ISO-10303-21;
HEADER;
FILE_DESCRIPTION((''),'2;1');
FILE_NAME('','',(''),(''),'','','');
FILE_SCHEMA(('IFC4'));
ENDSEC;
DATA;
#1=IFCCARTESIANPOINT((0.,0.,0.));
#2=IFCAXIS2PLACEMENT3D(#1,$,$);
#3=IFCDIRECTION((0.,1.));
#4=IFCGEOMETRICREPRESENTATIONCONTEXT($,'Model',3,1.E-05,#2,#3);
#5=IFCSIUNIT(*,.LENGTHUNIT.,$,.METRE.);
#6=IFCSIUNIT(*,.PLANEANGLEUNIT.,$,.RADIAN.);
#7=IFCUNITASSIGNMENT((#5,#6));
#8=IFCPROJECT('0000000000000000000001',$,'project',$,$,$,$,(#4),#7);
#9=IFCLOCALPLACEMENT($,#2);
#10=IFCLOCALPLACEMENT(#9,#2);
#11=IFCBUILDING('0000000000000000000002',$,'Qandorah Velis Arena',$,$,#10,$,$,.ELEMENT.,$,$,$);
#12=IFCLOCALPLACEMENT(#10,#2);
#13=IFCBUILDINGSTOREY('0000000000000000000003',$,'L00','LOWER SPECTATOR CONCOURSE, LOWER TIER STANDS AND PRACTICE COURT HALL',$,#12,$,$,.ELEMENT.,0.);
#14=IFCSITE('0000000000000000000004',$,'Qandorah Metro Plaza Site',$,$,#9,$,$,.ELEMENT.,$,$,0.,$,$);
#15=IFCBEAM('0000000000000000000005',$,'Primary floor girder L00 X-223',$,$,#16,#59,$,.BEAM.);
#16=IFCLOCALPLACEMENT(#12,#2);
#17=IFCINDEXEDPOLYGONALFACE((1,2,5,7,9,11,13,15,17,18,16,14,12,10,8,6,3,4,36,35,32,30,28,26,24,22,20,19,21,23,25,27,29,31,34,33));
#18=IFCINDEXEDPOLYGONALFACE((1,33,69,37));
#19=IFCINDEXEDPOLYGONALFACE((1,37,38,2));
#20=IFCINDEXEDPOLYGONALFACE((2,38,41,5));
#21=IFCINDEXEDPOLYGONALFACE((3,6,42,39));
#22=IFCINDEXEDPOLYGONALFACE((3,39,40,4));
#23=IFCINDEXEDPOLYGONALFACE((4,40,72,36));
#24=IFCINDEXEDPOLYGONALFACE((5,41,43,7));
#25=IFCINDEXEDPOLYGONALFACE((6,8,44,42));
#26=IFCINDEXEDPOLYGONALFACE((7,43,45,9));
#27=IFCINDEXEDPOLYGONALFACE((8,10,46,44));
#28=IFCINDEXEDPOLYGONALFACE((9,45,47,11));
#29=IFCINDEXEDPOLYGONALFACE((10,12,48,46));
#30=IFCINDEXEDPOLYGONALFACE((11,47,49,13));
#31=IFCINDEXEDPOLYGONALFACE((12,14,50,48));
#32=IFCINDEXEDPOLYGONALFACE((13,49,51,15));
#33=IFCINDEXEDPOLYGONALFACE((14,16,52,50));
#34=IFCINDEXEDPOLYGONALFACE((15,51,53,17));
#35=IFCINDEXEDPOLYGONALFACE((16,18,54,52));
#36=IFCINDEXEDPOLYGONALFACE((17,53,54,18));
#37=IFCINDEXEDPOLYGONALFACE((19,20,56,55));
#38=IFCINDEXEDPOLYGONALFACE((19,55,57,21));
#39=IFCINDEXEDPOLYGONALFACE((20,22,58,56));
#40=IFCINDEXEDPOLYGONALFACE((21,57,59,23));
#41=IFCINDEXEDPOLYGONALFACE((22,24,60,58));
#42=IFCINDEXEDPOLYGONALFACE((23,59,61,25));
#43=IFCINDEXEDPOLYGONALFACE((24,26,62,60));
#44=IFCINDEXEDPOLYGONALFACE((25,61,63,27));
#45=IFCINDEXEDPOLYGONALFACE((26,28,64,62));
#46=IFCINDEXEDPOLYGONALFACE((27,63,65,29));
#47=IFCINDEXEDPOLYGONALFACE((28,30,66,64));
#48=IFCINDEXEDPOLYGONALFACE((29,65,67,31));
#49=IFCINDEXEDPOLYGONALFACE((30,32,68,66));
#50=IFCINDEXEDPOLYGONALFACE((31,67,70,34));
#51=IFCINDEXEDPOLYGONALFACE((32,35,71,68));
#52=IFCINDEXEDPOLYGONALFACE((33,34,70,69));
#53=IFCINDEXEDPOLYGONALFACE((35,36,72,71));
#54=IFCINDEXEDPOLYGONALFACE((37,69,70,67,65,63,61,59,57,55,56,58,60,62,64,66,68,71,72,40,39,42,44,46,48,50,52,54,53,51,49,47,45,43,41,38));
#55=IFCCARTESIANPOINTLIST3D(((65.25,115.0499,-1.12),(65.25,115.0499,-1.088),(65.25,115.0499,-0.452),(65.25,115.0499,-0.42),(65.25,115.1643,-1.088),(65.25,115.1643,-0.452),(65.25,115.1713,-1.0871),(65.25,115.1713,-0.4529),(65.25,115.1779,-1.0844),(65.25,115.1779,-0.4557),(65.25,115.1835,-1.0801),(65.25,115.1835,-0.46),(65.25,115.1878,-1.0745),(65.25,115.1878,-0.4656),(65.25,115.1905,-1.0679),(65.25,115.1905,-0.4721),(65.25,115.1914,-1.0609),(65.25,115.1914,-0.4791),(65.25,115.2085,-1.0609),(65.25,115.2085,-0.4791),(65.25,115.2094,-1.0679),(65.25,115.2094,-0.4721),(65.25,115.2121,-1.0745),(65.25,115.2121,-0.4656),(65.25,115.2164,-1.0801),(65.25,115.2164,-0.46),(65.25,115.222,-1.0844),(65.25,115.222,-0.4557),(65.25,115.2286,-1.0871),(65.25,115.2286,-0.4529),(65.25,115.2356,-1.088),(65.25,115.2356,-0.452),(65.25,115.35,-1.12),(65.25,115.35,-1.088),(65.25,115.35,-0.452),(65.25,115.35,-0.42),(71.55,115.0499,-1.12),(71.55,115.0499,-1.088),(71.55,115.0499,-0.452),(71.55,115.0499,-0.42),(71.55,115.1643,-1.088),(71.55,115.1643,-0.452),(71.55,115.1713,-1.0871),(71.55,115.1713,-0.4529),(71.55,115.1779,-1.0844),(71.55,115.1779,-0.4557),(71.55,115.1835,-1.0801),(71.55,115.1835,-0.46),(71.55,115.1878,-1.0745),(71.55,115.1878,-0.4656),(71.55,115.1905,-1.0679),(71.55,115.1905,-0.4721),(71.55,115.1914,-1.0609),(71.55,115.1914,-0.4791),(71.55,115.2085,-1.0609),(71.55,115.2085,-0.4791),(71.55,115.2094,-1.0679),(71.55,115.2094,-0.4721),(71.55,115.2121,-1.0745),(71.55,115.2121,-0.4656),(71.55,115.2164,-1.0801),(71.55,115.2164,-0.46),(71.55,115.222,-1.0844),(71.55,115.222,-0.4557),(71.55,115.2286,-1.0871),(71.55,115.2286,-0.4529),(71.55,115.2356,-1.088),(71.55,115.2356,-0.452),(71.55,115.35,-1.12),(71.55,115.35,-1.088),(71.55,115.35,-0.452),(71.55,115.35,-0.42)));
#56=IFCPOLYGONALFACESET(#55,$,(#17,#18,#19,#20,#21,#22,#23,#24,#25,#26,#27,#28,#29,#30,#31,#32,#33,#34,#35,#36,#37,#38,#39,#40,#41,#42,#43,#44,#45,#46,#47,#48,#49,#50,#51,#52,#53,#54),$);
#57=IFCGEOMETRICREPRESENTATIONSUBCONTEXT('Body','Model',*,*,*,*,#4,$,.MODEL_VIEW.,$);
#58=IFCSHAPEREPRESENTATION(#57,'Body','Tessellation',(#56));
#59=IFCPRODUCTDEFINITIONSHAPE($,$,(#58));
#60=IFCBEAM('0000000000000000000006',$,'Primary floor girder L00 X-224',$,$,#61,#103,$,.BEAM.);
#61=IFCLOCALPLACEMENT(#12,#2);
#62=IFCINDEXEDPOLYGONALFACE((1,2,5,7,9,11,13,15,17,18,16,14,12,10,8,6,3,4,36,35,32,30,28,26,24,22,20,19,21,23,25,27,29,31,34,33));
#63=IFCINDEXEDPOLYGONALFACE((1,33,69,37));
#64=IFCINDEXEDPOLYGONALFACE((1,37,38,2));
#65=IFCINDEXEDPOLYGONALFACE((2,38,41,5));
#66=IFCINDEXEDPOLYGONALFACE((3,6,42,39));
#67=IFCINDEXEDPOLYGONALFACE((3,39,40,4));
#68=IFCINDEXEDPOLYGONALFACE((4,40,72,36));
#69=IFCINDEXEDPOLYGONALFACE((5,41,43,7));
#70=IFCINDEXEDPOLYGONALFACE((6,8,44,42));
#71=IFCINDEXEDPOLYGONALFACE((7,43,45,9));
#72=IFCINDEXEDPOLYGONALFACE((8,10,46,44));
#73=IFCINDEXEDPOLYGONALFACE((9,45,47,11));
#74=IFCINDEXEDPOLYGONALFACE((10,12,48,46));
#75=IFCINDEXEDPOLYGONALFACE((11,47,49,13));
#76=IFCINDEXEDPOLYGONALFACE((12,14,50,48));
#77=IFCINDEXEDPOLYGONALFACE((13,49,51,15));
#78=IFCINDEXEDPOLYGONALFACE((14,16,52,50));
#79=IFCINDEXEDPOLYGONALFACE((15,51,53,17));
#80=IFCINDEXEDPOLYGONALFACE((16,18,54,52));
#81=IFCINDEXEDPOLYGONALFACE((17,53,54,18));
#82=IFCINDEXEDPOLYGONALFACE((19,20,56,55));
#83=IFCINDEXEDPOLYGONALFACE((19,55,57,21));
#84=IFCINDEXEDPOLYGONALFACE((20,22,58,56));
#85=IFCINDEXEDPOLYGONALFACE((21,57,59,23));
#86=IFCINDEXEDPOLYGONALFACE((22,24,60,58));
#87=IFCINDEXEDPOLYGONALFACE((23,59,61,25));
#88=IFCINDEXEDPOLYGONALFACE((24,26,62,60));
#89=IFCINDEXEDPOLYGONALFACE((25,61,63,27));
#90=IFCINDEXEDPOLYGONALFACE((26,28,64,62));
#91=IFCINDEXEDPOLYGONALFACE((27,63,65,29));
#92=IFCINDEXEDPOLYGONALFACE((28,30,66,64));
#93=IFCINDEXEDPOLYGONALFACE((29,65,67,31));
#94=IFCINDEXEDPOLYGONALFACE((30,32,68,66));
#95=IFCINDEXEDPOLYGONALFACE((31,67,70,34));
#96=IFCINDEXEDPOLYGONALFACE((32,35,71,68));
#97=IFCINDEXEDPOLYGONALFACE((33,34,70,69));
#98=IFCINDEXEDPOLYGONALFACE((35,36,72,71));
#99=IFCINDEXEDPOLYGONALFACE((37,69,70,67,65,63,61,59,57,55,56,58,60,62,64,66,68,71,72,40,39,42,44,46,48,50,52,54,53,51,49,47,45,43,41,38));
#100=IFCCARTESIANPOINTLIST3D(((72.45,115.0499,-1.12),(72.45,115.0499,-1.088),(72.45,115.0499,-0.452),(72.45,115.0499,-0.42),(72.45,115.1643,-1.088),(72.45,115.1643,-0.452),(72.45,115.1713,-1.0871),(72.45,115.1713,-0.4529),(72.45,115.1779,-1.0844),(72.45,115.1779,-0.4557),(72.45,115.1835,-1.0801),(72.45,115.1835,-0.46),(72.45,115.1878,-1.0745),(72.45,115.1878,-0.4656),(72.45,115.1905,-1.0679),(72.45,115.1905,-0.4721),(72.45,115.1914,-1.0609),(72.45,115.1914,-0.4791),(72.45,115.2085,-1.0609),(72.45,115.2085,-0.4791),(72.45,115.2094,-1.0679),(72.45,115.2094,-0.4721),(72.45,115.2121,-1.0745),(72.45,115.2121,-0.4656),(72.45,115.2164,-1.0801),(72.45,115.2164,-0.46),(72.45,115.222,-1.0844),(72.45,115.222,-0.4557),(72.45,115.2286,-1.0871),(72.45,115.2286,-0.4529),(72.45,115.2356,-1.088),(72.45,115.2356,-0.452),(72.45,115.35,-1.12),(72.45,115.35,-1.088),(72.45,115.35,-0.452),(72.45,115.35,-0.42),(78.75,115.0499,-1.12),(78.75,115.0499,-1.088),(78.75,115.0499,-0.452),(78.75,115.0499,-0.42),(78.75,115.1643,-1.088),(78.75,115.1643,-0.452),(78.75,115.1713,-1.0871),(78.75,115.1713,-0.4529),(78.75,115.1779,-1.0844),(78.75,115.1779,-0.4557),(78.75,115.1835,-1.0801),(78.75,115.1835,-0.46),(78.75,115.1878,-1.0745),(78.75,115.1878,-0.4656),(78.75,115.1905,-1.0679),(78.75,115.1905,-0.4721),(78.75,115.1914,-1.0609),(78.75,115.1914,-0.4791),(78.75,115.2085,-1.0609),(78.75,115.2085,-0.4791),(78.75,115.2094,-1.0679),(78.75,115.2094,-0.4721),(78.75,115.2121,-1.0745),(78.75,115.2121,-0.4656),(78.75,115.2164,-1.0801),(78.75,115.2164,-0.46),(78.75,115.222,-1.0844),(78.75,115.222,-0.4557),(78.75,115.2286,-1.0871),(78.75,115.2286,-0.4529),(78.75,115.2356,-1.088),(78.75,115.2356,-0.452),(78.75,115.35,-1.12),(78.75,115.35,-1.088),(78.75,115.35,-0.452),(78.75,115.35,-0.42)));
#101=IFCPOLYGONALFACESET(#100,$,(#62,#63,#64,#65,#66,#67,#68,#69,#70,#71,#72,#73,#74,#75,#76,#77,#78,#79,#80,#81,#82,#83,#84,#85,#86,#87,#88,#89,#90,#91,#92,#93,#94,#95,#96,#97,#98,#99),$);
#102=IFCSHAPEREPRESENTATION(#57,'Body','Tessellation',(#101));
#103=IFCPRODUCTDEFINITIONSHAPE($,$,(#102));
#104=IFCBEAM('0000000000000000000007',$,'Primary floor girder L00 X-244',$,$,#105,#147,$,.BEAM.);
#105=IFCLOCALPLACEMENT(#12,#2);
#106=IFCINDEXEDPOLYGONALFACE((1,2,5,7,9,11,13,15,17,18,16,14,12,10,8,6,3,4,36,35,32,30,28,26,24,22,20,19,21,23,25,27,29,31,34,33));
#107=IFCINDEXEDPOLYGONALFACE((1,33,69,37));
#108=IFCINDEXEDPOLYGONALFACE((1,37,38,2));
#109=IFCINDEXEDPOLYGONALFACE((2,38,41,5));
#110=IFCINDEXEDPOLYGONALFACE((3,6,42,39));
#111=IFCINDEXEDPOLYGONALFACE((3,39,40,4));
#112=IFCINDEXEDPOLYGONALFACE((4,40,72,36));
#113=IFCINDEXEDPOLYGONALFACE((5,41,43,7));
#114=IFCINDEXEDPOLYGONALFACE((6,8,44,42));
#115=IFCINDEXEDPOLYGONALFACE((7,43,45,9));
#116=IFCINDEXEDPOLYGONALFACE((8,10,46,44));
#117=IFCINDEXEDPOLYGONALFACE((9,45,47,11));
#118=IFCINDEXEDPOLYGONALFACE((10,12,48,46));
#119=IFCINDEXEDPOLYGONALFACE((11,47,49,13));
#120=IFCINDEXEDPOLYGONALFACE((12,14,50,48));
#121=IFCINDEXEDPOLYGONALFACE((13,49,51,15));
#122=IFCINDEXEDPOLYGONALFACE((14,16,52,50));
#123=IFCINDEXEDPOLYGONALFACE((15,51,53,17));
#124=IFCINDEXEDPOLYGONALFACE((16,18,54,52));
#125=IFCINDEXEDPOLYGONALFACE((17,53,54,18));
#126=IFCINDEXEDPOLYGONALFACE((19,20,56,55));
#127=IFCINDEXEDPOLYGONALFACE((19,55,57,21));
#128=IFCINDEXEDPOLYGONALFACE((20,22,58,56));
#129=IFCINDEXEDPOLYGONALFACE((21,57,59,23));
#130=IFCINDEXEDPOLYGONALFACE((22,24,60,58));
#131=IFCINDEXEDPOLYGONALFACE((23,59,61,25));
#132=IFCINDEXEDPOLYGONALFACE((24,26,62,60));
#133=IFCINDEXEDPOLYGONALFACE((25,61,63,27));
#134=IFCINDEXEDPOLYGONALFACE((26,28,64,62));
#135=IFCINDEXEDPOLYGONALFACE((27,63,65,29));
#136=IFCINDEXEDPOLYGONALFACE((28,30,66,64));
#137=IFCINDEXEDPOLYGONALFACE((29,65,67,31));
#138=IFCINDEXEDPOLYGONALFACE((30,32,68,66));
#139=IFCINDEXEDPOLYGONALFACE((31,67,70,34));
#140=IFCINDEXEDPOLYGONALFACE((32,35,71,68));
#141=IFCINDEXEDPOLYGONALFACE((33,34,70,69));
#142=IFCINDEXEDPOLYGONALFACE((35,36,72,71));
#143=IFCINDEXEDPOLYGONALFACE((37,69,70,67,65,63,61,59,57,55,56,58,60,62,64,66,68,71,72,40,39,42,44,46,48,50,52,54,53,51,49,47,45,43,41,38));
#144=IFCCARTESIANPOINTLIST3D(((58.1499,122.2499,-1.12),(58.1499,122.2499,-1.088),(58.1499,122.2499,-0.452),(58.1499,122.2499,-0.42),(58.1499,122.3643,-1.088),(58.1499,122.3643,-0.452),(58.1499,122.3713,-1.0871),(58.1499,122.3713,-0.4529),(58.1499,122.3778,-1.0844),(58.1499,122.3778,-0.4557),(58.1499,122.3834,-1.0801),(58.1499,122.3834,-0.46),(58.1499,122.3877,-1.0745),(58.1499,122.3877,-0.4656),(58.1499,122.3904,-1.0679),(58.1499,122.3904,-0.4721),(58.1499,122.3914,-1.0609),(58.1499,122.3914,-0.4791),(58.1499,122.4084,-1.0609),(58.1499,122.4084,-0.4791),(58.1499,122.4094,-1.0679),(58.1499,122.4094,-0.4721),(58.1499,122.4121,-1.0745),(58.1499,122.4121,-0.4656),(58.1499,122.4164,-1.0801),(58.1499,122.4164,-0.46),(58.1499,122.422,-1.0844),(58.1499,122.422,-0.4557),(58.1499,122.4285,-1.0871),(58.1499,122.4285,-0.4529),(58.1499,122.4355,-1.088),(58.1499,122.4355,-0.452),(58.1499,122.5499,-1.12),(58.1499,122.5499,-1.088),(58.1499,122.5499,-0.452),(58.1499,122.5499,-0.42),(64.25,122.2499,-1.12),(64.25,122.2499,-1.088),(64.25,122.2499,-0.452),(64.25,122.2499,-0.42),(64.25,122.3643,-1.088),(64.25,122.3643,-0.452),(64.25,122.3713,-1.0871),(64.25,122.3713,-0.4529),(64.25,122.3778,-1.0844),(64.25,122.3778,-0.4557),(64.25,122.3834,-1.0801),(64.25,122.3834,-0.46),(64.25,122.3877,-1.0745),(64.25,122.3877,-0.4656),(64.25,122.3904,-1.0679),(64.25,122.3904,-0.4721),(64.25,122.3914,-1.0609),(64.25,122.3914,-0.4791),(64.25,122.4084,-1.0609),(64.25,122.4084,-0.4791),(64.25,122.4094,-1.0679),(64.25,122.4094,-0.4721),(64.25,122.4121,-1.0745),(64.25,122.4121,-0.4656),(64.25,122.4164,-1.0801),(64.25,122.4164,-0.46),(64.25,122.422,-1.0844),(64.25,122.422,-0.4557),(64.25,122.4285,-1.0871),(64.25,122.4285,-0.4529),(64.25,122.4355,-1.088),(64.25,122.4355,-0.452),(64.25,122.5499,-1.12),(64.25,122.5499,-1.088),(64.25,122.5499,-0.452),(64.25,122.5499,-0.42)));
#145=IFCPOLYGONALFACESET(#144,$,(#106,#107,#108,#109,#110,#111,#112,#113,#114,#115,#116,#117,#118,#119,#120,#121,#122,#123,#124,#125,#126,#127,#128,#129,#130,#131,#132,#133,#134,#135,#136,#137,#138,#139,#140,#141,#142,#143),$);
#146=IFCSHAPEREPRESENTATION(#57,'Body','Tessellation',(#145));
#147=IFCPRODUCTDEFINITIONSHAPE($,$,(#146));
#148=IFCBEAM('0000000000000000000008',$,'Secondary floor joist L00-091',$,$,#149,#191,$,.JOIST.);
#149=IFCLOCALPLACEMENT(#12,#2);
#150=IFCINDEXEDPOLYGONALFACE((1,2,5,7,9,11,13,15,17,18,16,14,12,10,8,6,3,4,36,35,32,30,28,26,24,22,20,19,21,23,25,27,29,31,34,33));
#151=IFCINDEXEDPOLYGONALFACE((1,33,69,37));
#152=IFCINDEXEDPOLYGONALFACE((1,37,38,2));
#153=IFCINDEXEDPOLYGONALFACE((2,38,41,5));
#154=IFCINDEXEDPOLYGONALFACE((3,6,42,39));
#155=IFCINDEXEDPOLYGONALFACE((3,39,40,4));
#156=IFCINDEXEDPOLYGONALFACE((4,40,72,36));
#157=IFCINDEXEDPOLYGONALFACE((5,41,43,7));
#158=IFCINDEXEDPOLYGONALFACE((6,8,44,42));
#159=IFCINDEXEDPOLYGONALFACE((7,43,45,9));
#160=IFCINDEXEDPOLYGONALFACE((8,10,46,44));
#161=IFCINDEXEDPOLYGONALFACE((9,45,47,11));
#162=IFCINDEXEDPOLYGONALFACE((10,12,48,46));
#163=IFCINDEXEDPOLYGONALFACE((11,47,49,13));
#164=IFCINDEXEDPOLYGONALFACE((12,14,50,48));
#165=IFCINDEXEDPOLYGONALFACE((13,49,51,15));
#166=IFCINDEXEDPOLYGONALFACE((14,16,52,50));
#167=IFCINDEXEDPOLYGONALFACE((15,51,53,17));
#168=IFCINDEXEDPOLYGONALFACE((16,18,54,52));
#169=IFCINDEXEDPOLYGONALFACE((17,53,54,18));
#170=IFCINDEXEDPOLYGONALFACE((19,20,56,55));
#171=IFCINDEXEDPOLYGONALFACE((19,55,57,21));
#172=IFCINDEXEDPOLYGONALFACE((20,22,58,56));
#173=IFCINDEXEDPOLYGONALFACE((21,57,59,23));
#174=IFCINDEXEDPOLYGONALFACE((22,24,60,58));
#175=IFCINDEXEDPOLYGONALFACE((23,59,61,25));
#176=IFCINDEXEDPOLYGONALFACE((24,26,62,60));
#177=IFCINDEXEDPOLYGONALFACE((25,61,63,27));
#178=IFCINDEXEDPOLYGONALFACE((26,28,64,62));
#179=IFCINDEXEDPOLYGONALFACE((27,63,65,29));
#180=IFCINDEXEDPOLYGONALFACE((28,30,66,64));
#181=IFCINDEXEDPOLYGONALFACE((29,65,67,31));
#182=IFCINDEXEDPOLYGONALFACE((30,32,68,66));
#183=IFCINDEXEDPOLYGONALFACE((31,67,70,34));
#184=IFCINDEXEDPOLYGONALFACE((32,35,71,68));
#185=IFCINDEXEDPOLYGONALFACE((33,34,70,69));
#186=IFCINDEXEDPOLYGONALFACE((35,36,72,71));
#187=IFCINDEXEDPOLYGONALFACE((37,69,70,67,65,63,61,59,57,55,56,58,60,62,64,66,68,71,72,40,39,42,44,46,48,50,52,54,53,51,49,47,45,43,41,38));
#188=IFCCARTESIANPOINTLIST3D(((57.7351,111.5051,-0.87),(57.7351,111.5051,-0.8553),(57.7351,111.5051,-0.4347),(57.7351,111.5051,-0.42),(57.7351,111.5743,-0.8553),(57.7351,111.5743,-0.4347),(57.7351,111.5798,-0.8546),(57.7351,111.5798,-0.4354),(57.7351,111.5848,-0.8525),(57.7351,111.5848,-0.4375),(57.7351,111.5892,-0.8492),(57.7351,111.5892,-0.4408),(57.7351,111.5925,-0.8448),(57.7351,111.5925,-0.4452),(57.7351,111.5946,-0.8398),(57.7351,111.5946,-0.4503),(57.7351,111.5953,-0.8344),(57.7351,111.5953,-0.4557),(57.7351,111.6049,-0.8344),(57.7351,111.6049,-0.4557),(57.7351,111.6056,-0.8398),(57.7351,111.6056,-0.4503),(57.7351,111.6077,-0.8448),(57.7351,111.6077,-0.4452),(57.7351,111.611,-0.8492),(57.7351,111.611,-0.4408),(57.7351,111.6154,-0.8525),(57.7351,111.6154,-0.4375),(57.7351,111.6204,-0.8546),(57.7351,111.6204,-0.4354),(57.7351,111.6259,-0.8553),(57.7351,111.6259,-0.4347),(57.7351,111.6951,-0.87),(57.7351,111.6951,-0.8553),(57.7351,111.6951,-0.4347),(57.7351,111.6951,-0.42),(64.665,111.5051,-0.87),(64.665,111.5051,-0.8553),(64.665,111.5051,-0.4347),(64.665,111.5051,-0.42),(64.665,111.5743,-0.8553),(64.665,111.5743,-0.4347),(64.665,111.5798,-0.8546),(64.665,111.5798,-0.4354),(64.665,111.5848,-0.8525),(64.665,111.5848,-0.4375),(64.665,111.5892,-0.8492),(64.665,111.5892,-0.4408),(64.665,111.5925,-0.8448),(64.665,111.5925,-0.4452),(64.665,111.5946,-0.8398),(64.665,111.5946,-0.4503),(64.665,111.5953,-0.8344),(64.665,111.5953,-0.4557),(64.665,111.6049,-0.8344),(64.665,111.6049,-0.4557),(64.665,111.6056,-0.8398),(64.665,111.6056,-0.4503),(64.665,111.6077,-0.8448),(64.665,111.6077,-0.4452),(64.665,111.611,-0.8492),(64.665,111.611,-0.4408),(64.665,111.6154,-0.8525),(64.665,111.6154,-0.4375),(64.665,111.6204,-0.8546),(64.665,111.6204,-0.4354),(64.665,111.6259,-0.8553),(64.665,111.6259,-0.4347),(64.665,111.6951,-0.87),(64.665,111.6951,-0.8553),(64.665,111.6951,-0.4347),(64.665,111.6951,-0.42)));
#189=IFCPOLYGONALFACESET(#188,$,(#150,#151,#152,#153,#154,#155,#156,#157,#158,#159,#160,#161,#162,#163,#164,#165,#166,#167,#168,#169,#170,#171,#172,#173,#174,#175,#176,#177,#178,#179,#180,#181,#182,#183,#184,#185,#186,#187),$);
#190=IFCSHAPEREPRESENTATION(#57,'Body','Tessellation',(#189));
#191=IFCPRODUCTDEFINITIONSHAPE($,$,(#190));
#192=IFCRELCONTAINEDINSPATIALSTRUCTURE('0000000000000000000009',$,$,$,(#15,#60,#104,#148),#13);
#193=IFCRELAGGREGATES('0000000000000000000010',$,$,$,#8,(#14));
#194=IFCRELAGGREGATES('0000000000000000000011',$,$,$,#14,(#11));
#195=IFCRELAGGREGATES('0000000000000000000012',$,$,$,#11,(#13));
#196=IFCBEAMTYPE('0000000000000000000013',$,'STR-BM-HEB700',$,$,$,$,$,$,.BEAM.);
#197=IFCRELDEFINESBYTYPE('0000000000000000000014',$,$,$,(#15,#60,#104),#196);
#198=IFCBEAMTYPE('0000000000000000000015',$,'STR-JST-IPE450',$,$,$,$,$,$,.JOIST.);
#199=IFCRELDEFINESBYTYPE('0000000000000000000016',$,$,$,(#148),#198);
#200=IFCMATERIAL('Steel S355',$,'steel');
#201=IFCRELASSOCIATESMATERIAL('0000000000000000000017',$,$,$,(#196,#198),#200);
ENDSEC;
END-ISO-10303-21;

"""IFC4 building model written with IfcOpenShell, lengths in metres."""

from ifc_helpers import new_model, si_unit, direction, frame, origin, origin_2d, place, context, subcontext, project, spatial, i_section, extrude, material, material_profile, profile_set, type_object, element, save


model = new_model("IFC4")

# Units and contexts
model_context = context("Model", 3, precision=1e-05, world=origin(), true_north=direction((0.0, 1.0)))
body_context = subcontext(model_context, "Body", "Model", "MODEL_VIEW")
ifc_project = project(units=[si_unit("LENGTHUNIT", "METRE"), si_unit("PLANEANGLEUNIT", "RADIAN")], contexts=[model_context])

# Site, building, storey
site_placement = place(None, origin())
site = spatial("IfcSite", under=ifc_project, at=site_placement, Name="Qandorah Metro Plaza Site", CompositionType="ELEMENT", RefElevation=0.0)
building_placement = place(site_placement, origin())
building = spatial("IfcBuilding", under=site, at=building_placement, Name="Qandorah Velis Arena", CompositionType="ELEMENT")
storey_placement = place(building_placement, origin())
storey = spatial("IfcBuildingStorey", under=building, at=storey_placement, Name="L00", Description="LOWER SPECTATOR CONCOURSE, LOWER TIER STANDS AND PRACTICE COURT HALL", CompositionType="ELEMENT", Elevation=0.0)

# Beams
ifc_material_1 = material(Name="Steel S355", Category="steel")
ifc_material_profile_1 = material_profile(ifc_material_1, i_section(OverallWidth=0.3, OverallDepth=0.7, WebThickness=0.0171, FlangeThickness=0.032, FilletRadius=0.0271, at=origin_2d()), Name="HEB 700")
ifc_profile_set_1 = profile_set([ifc_material_profile_1], Name="Steel S355")
beam_type_1 = type_object("IfcBeamType", Name="STR-BM-HEB700", PredefinedType="BEAM", material=ifc_profile_set_1)
for number, where, z_axis, x_axis, name in (
    (1, (65.25, 115.2, -0.77), (1.0, 0.0, 0.0), (0.0, 1.0, 0.0), "Primary floor girder L00 X-223"),
    (2, (72.45, 115.2, -0.77), (1.0, 0.0, 0.0), (0.0, 1.0, 0.0), "Primary floor girder L00 X-224"),
):
    element("IfcBeam", number, at=place(storey_placement, frame(where, z_axis=z_axis, x_axis=x_axis)), inside=storey, type_object=beam_type_1, Name=name, PredefinedType="BEAM", context=body_context, shape_type="SweptSolid", body=[
        extrude(i_section(OverallWidth=0.3, OverallDepth=0.7, WebThickness=0.0171, FlangeThickness=0.032, FilletRadius=0.0271, at=origin_2d()), origin(), (0.0, 0.0, 1.0), 6.3),
    ])
beam_1_placement = place(storey_placement, frame((58.1499, 122.3999, -0.77), z_axis=(1.0, 0.0, 0.0), x_axis=(0.0, 1.0, 0.0)))
element("IfcBeam", 3, at=beam_1_placement, inside=storey, type_object=beam_type_1, Name="Primary floor girder L00 X-244", PredefinedType="BEAM", context=body_context, shape_type="SweptSolid", body=[
    extrude(i_section(OverallWidth=0.3, OverallDepth=0.7, WebThickness=0.0171, FlangeThickness=0.032, FilletRadius=0.0271, at=origin_2d()), origin(), (0.0, 0.0, 1.0), 6.1001),
])
ifc_material_profile_2 = material_profile(ifc_material_1, i_section(OverallWidth=0.1899, OverallDepth=0.45, WebThickness=0.0095, FlangeThickness=0.0146, FilletRadius=0.021, at=origin_2d()), Name="IPE 450")
ifc_profile_set_2 = profile_set([ifc_material_profile_2], Name="Steel S355")
beam_type_2 = type_object("IfcBeamType", Name="STR-JST-IPE450", PredefinedType="JOIST", material=ifc_profile_set_2)
for number, where, z_axis, x_axis, name in (
    (4, (57.7351, 111.6001, -0.645), (1.0, 0.0, 0.0), (0.0, 1.0, 0.0), "Secondary floor joist L00-091"),
):
    element("IfcBeam", number, at=place(storey_placement, frame(where, z_axis=z_axis, x_axis=x_axis)), inside=storey, type_object=beam_type_2, Name=name, PredefinedType="JOIST", context=body_context, shape_type="SweptSolid", body=[
        extrude(i_section(OverallWidth=0.1899, OverallDepth=0.45, WebThickness=0.0095, FlangeThickness=0.0146, FilletRadius=0.021, at=origin_2d()), origin(), (0.0, 0.0, 1.0), 6.9299),
    ])

save(model, "model.ifc")
